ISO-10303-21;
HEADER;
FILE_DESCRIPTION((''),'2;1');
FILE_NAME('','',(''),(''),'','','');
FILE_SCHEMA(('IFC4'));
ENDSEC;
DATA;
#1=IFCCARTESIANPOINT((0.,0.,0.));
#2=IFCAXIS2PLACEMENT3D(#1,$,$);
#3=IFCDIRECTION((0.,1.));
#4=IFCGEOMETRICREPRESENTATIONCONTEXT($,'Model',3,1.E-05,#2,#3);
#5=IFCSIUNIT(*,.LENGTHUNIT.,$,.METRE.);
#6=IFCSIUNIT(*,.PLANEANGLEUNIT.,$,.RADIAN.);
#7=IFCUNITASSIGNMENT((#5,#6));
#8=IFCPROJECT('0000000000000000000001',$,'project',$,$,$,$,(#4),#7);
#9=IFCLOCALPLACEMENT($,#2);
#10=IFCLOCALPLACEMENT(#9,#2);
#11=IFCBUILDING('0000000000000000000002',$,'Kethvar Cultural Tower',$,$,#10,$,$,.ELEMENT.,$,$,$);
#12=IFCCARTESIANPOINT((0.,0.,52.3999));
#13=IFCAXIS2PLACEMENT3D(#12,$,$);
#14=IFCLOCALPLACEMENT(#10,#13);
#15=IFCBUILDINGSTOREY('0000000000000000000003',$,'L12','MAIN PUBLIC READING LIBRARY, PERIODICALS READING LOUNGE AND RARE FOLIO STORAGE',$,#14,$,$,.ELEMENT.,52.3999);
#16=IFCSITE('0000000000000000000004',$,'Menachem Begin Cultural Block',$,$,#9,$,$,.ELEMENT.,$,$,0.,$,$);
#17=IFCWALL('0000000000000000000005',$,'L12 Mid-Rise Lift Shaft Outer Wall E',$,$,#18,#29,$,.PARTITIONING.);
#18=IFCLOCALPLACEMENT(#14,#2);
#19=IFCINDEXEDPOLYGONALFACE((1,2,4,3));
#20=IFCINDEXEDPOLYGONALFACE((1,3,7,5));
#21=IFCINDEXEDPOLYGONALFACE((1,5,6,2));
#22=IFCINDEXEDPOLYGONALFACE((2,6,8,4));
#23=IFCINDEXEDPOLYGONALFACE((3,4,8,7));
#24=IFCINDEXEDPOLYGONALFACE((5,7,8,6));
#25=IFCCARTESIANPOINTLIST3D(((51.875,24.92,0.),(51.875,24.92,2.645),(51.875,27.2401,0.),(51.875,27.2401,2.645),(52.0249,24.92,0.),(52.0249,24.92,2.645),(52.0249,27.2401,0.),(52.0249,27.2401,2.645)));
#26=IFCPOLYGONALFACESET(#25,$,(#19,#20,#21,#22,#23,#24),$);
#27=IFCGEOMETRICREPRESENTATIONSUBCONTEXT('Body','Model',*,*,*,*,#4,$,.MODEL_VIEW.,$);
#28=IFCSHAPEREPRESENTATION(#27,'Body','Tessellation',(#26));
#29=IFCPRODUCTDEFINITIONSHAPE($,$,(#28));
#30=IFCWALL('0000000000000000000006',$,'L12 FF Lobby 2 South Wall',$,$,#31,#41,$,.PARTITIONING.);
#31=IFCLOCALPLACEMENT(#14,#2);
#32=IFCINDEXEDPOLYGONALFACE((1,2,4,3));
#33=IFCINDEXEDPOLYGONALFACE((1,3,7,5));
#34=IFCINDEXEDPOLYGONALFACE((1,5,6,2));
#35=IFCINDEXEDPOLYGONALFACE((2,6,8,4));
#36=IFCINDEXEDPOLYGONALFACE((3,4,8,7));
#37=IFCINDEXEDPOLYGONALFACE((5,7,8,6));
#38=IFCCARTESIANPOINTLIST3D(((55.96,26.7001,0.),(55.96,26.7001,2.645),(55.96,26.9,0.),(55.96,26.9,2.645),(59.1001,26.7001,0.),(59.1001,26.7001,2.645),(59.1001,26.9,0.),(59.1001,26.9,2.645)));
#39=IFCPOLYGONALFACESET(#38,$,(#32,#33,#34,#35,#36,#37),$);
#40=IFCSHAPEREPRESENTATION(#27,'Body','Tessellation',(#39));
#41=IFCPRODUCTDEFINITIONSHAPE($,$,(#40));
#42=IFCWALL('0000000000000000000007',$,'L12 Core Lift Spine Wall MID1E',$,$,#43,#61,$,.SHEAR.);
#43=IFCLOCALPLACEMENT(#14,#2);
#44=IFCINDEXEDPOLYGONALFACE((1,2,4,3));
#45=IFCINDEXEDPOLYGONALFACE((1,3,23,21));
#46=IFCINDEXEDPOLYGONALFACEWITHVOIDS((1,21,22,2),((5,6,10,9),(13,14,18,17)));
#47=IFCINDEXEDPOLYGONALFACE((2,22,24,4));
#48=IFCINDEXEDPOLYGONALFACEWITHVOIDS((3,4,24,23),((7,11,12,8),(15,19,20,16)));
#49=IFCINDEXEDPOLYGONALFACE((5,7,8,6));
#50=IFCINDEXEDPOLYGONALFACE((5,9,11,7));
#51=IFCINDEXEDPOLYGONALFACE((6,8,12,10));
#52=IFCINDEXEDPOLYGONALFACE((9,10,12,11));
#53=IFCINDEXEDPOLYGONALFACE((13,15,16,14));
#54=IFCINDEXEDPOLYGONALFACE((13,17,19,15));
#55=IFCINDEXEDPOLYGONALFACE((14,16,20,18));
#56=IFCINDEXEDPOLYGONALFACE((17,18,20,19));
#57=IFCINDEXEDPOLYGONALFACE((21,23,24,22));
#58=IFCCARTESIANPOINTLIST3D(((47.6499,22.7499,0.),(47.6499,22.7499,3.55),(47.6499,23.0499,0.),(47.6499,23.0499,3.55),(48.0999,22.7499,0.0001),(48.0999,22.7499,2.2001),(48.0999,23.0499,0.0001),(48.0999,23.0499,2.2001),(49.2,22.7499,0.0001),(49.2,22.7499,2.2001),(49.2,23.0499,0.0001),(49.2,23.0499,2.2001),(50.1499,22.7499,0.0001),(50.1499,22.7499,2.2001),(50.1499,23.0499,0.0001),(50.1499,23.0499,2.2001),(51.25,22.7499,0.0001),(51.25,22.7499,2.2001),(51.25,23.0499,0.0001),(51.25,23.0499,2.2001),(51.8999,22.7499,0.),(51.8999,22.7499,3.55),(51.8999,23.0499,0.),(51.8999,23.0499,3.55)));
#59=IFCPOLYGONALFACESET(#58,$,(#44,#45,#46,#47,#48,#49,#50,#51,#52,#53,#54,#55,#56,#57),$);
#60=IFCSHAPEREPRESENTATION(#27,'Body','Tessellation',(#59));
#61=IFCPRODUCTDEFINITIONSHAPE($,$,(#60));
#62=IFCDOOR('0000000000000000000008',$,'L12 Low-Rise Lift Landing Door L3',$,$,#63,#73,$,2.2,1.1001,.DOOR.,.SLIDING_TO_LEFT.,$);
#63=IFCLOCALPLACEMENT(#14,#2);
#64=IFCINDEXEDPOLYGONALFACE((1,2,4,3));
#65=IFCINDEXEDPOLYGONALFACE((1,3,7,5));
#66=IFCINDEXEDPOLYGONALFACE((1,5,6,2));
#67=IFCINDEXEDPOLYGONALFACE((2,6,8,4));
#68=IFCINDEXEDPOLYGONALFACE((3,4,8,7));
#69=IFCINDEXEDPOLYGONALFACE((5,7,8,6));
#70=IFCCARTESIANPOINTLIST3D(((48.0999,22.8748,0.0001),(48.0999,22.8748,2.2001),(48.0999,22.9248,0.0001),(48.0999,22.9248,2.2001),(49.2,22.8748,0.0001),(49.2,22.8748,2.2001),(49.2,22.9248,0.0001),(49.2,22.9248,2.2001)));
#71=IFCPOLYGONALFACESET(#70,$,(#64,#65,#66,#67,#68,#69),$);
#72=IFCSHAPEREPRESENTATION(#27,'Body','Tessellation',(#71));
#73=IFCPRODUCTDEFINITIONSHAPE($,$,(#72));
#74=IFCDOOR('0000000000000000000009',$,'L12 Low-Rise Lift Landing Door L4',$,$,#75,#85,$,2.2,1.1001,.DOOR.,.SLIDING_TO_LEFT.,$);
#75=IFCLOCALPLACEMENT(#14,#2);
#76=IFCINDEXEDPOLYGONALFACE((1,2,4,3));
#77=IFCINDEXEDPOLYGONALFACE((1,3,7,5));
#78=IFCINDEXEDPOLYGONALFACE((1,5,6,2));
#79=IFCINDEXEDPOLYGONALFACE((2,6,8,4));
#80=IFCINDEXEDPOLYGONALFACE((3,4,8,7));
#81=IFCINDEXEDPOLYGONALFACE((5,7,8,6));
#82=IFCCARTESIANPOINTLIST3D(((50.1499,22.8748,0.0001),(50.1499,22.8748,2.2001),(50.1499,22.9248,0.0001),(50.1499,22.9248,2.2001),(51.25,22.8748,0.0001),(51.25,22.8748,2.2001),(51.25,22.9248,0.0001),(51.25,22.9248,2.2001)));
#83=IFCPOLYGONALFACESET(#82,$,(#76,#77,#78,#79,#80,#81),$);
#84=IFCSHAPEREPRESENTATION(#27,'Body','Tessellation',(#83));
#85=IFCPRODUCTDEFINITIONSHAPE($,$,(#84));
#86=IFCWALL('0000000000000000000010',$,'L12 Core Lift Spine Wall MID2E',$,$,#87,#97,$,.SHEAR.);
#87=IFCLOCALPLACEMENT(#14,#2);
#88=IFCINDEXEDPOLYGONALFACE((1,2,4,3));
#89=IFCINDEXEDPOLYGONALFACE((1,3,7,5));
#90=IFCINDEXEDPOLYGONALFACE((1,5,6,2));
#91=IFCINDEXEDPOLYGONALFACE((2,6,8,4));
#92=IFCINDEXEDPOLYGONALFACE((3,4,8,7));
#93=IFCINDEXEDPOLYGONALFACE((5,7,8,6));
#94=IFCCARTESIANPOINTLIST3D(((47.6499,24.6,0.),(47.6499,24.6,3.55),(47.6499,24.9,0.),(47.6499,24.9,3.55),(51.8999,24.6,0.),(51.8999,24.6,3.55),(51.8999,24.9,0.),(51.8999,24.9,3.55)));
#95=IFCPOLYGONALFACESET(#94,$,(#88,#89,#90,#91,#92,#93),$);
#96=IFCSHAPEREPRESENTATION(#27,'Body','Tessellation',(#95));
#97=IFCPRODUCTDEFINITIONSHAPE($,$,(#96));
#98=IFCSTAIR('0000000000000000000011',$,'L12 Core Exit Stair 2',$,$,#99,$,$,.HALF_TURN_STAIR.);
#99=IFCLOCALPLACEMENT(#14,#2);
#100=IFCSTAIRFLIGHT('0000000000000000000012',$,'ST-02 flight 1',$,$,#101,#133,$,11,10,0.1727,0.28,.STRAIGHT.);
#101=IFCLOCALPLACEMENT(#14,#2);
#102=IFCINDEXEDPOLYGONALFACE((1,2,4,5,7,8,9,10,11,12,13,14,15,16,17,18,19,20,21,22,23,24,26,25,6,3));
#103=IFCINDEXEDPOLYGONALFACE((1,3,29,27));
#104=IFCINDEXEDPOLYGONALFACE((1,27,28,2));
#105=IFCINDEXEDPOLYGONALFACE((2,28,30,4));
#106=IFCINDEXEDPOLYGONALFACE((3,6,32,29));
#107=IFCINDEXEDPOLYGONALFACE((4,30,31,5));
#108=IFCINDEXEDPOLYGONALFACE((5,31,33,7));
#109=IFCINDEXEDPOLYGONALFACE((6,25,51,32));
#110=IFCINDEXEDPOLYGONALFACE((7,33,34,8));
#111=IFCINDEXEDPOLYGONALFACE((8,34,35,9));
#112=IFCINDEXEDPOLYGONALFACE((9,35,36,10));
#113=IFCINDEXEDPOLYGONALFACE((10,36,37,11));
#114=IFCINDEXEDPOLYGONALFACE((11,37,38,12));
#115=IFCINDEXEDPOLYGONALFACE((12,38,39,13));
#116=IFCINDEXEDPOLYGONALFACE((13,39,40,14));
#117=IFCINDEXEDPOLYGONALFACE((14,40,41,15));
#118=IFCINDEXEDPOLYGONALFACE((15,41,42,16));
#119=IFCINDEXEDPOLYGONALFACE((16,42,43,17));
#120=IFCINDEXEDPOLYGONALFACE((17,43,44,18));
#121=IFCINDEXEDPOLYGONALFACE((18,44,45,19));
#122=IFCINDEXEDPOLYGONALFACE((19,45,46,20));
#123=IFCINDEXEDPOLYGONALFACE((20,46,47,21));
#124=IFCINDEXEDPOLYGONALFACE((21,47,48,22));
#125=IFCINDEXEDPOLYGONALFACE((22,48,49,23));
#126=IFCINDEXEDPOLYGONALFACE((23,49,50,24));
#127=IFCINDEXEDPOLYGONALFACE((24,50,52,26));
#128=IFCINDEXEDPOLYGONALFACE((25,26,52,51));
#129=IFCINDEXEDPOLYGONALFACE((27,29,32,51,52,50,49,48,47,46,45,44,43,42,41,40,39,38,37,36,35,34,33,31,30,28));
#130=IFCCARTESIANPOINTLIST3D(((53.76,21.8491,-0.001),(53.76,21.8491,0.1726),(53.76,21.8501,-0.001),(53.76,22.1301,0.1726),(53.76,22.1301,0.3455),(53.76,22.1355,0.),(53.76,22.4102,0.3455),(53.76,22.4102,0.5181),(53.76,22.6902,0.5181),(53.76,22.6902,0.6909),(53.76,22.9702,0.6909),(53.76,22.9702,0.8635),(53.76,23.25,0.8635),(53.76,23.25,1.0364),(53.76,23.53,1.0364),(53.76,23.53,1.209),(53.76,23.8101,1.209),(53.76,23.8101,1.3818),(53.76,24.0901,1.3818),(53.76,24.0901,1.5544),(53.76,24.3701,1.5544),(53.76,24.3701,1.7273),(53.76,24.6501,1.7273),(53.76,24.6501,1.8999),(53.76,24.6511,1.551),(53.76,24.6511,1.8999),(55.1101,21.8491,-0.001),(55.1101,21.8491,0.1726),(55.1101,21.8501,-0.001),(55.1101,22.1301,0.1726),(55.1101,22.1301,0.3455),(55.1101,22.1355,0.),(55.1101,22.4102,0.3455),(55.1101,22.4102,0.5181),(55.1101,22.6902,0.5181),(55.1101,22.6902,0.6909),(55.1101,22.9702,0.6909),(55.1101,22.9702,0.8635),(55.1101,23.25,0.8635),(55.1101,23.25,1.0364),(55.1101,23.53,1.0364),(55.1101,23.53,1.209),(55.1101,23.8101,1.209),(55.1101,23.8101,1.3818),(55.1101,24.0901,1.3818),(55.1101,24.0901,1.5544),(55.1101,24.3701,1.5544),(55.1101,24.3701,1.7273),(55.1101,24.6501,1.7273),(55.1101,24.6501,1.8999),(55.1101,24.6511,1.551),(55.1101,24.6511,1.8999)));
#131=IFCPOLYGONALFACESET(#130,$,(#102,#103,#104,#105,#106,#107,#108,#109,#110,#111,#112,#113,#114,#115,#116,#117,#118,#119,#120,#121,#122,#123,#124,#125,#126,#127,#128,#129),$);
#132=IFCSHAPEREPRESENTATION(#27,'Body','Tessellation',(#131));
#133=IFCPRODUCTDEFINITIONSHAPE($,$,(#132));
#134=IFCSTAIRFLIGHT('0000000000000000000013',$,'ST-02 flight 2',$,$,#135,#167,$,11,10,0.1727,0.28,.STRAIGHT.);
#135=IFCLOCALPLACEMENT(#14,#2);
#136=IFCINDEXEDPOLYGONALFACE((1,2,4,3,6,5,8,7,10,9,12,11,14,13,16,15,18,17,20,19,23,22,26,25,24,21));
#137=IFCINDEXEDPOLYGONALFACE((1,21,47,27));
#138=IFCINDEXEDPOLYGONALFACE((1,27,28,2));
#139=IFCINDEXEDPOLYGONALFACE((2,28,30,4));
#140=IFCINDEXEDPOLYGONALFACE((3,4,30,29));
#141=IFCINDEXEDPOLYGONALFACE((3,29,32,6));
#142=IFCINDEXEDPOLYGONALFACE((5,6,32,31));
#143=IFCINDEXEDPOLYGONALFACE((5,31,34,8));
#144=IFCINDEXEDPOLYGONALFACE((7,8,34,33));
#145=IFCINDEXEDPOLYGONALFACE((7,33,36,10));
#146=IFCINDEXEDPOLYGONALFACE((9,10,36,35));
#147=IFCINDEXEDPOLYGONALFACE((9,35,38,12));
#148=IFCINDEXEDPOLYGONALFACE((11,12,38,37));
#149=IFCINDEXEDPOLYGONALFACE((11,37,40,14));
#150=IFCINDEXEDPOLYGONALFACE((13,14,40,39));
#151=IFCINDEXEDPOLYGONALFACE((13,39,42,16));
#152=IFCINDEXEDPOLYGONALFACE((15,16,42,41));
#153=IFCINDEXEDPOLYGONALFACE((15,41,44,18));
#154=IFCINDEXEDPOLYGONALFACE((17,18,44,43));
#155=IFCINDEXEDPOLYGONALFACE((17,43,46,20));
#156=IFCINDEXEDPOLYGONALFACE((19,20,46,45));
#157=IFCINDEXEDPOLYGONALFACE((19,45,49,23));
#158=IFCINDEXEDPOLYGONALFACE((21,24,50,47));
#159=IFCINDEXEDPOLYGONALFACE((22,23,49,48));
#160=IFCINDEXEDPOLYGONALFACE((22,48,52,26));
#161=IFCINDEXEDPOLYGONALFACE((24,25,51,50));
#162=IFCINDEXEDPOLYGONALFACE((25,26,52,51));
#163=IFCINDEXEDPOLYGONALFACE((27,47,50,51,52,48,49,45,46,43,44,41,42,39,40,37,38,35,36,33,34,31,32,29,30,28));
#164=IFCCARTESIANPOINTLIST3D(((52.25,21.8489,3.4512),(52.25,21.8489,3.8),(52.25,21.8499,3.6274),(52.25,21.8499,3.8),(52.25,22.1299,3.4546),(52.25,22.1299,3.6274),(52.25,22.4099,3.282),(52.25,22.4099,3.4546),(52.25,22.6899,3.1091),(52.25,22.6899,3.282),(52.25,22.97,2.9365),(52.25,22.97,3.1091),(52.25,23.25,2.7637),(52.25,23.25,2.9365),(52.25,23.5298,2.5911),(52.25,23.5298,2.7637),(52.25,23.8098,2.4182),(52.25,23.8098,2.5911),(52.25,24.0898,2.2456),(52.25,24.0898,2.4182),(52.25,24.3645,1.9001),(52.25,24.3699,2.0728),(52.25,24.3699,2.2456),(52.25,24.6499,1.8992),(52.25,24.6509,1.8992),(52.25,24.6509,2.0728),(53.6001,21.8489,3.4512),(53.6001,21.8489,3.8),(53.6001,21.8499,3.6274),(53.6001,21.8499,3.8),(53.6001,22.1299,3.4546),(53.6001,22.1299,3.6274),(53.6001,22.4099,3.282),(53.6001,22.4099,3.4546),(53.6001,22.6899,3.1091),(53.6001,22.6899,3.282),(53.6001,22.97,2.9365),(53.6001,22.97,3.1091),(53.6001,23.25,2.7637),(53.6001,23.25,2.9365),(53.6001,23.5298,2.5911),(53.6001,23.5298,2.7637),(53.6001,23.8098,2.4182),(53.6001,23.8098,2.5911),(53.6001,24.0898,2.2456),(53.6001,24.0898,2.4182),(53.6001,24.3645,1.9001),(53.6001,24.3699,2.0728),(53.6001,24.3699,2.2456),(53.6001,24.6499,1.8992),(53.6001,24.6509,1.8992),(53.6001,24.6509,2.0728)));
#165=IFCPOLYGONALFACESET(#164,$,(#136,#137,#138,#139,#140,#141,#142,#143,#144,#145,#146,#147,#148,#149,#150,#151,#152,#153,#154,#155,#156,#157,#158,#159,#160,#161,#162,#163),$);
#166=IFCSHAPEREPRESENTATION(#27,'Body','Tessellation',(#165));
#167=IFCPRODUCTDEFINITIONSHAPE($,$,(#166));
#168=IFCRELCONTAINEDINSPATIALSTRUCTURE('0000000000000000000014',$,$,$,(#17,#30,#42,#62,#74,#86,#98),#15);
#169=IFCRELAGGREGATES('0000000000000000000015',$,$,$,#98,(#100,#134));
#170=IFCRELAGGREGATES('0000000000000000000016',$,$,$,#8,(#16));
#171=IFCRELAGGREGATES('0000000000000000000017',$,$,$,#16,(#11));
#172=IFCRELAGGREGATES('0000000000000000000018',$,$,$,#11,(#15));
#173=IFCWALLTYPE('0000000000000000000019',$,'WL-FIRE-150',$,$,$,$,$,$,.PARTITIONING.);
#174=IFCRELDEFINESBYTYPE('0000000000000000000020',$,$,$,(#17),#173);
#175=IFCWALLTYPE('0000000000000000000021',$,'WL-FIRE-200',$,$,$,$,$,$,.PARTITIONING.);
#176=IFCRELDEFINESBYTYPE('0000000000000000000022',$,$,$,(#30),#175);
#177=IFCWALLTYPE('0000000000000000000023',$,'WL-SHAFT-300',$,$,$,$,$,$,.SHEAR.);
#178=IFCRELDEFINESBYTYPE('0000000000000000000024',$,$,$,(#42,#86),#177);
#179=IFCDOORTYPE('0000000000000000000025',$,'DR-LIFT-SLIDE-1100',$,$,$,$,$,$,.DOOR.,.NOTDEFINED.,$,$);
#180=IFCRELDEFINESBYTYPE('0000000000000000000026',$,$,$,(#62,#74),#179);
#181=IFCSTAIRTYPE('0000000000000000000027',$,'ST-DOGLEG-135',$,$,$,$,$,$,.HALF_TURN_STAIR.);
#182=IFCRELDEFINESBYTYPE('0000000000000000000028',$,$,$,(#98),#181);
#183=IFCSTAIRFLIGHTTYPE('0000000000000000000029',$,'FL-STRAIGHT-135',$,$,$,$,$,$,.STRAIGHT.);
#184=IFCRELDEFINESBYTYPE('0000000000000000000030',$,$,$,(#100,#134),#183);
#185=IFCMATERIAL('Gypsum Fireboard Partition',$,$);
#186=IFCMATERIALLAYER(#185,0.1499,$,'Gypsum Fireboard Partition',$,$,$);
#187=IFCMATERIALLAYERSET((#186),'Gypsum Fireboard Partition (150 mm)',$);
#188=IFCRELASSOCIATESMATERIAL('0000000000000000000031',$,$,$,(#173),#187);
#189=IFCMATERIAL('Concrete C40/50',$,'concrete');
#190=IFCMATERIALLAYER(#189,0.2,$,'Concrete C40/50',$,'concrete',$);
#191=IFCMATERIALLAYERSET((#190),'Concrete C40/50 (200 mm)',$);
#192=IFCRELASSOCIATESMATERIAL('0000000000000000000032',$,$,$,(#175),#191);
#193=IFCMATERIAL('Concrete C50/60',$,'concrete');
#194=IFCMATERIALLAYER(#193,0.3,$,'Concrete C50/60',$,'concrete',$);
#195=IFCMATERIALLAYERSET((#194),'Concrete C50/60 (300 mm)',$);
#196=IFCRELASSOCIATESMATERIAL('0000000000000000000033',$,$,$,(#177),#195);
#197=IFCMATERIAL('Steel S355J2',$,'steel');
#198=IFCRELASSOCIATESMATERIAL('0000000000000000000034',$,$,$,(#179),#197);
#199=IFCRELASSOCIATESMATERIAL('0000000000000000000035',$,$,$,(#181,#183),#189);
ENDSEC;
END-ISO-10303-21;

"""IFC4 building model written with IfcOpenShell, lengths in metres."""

from ifc_helpers import new_model, si_unit, direction, frame, frame_2d, origin, place, context, subcontext, project, spatial, polyline, rectangle, outline, extrude, source, transform, mapped, material, layer, layer_set, type_object, element, fill, aggregate, save


model = new_model("IFC4")

# Units and contexts
model_context = context("Model", 3, precision=1e-05, world=origin(), true_north=direction((0.0, 1.0)))
body_context = subcontext(model_context, "Body", "Model", "MODEL_VIEW")
ifc_project = project(units=[si_unit("LENGTHUNIT", "METRE"), si_unit("PLANEANGLEUNIT", "RADIAN")], contexts=[model_context])

# Site, building, storey
site_placement = place(None, origin())
site = spatial("IfcSite", under=ifc_project, at=site_placement, Name="Menachem Begin Cultural Block", CompositionType="ELEMENT", RefElevation=0.0)
building_placement = place(site_placement, origin())
building = spatial("IfcBuilding", under=site, at=building_placement, Name="Kethvar Cultural Tower", CompositionType="ELEMENT")
storey_placement = place(building_placement, frame((0.0, 0.0, 52.3999)))
storey = spatial("IfcBuildingStorey", under=building, at=storey_placement, Name="L12", Description="MAIN PUBLIC READING LIBRARY, PERIODICALS READING LOUNGE AND RARE FOLIO STORAGE", CompositionType="ELEMENT", Elevation=52.3999)

# Shared definitions
ifc_material_1 = material(Name="Steel S355J2", Category="steel")

# Walls
ifc_material_2 = material(Name="Gypsum Fireboard Partition")
ifc_layer_1 = layer(ifc_material_2, 0.1499, Name="Gypsum Fireboard Partition")
ifc_layer_set_1 = layer_set([ifc_layer_1], Name="Gypsum Fireboard Partition (150 mm)")
wall_type_1 = type_object("IfcWallType", Name="WL-FIRE-150", PredefinedType="PARTITIONING", material=ifc_layer_set_1)
for number, where, z_axis, x_axis, name in (
    (1, (51.95, 24.9199, 0.0), (0.0, 0.0, 1.0), (0.0, 1.0, 0.0), "L12 Mid-Rise Lift Shaft Outer Wall E"),
):
    element("IfcWall", number, at=place(storey_placement, frame(where, z_axis=z_axis, x_axis=x_axis)), inside=storey, type_object=wall_type_1, Name=name, PredefinedType="PARTITIONING", context=body_context, shape_type="SweptSolid", body=[
        extrude(rectangle(XDim=2.3201, YDim=0.1499, at=frame_2d((1.1602, 0.0))), origin(), (0.0, 0.0, 1.0), 2.645),
    ])
ifc_material_3 = material(Name="Concrete C40/50", Category="concrete")
ifc_layer_2 = layer(ifc_material_3, 0.2, Name="Concrete C40/50", Category="concrete")
ifc_layer_set_2 = layer_set([ifc_layer_2], Name="Concrete C40/50 (200 mm)")
wall_type_2 = type_object("IfcWallType", Name="WL-FIRE-200", PredefinedType="PARTITIONING", material=ifc_layer_set_2)
wall_1_placement = place(storey_placement, frame((55.96, 26.8, 0.0), z_axis=(0.0, 0.0, 1.0), x_axis=(1.0, 0.0, 0.0)))
element("IfcWall", 2, at=wall_1_placement, inside=storey, type_object=wall_type_2, Name="L12 FF Lobby 2 South Wall", PredefinedType="PARTITIONING", context=body_context, shape_type="SweptSolid", body=[
    extrude(rectangle(XDim=3.1401, YDim=0.2, at=frame_2d((1.5701, 0.0))), origin(), (0.0, 0.0, 1.0), 2.645),
])

# Wall, openings, doors
ifc_material_4 = material(Name="Concrete C50/60", Category="concrete")
ifc_layer_3 = layer(ifc_material_4, 0.3, Name="Concrete C50/60", Category="concrete")
ifc_layer_set_3 = layer_set([ifc_layer_3], Name="Concrete C50/60 (300 mm)")
wall_type_3 = type_object("IfcWallType", Name="WL-SHAFT-300", PredefinedType="SHEAR", material=ifc_layer_set_3)
wall_2_placement = place(storey_placement, frame((47.6499, 22.8999, 0.0), z_axis=(0.0, 0.0, 1.0), x_axis=(1.0, 0.0, 0.0)))
wall_2 = element("IfcWall", 3, at=wall_2_placement, inside=storey, type_object=wall_type_3, Name="L12 Core Lift Spine Wall MID1E", PredefinedType="SHEAR", context=body_context, shape_type="SweptSolid", body=[
    extrude(rectangle(XDim=4.25, YDim=0.3, at=frame_2d((2.125, 0.0))), origin(), (0.0, 0.0, 1.0), 3.55),
])
opening_1_placement = place(wall_2_placement, frame((0.45, 0.0, 0.0)))
opening_1 = element("IfcOpeningElement", 4, at=opening_1_placement, cuts=wall_2, PredefinedType="OPENING", context=body_context, shape_type="SweptSolid", body=[
    extrude(rectangle(XDim=1.1001, YDim=2.2, at=frame_2d((0.55, 1.1001))), frame((0.0, 0.1599, 0.0), z_axis=(0.0, -1.0, 0.0), x_axis=(1.0, 0.0, 0.0)), (0.0, 0.0, 1.0), 0.3201),
])
opening_2_placement = place(wall_2_placement, frame((2.5, 0.0, 0.0)))
opening_2 = element("IfcOpeningElement", 5, at=opening_2_placement, cuts=wall_2, PredefinedType="OPENING", context=body_context, shape_type="SweptSolid", body=[
    extrude(rectangle(XDim=1.1001, YDim=2.2, at=frame_2d((0.55, 1.1001))), frame((0.0, 0.1599, 0.0), z_axis=(0.0, -1.0, 0.0), x_axis=(1.0, 0.0, 0.0)), (0.0, 0.0, 1.0), 0.3201),
])
door_type = type_object("IfcDoorType", Name="DR-LIFT-SLIDE-1100", OperationType="NOTDEFINED", PredefinedType="DOOR", material=ifc_material_1)
shared_shape_1 = source(origin(), body_context, "Body", "SweptSolid", [
    extrude(rectangle(XDim=1.1001, YDim=2.2, at=frame_2d((0.55, 1.1001))), frame((0.0, 0.0249, 0.0), z_axis=(0.0, -1.0, 0.0), x_axis=(1.0, 0.0, 0.0)), (0.0, 0.0, 1.0), 0.05),
])
door_1_placement = place(opening_1_placement, origin())
door_1 = element("IfcDoor", 6, at=door_1_placement, inside=storey, type_object=door_type, Name="L12 Low-Rise Lift Landing Door L3", OperationType="SLIDING_TO_LEFT", OverallHeight=2.2, OverallWidth=1.1001, PredefinedType="DOOR", context=body_context, shape_type="MappedRepresentation", body=[
    mapped(shared_shape_1, transform((0.0, 0.0, 0.0), scale=1.0)),
])
fill(opening_1, door_1)
door_2_placement = place(opening_2_placement, origin())
door_2 = element("IfcDoor", 7, at=door_2_placement, inside=storey, type_object=door_type, Name="L12 Low-Rise Lift Landing Door L4", OperationType="SLIDING_TO_LEFT", OverallHeight=2.2, OverallWidth=1.1001, PredefinedType="DOOR", context=body_context, shape_type="MappedRepresentation", body=[
    mapped(shared_shape_1, transform((0.0, 0.0, 0.0), scale=1.0)),
])
fill(opening_2, door_2)

# Wall
wall_3_placement = place(storey_placement, frame((47.6499, 24.75, 0.0), z_axis=(0.0, 0.0, 1.0), x_axis=(1.0, 0.0, 0.0)))
element("IfcWall", 8, at=wall_3_placement, inside=storey, type_object=wall_type_3, Name="L12 Core Lift Spine Wall MID2E", PredefinedType="SHEAR", context=body_context, shape_type="SweptSolid", body=[
    extrude(rectangle(XDim=4.25, YDim=0.3, at=frame_2d((2.125, 0.0))), origin(), (0.0, 0.0, 1.0), 3.55),
])

# Stair, stair flights
stair_type = type_object("IfcStairType", Name="ST-DOGLEG-135", PredefinedType="HALF_TURN_STAIR", material=ifc_material_3)
stair_placement = place(storey_placement, origin())
stair = element("IfcStair", 9, at=stair_placement, inside=storey, type_object=stair_type, Name="L12 Core Exit Stair 2", PredefinedType="HALF_TURN_STAIR")
stair_flight_type = type_object("IfcStairFlightType", Name="FL-STRAIGHT-135", PredefinedType="STRAIGHT", material=ifc_material_3)
stair_flight_1_placement = place(storey_placement, frame((54.4351, 21.8501, 0.0), z_axis=(0.0, 0.0, 1.0), x_axis=(0.0, 1.0, 0.0)))
stair_flight_1 = element("IfcStairFlight", 10, at=stair_flight_1_placement, type_object=stair_flight_type, Name="ST-02 flight 1", NumberOfRisers=11, NumberOfTreads=10, PredefinedType="STRAIGHT", RiserHeight=0.1727, TreadLength=0.28, context=body_context, shape_type="SweptSolid", body=[
    extrude(outline(polyline([(-0.001, -0.001), (-0.001, 0.1726), (0.28, 0.1726), (0.28, 0.3455), (0.5601, 0.3455), (0.5601, 0.5181), (0.8401, 0.5181), (0.8401, 0.6909), (1.1201, 0.6909), (1.1201, 0.8635), (1.3999, 0.8635), (1.3999, 1.0364), (1.6799, 1.0364), (1.6799, 1.209), (1.96, 1.209), (1.96, 1.3818), (2.24, 1.3818), (2.24, 1.5544), (2.52, 1.5544), (2.52, 1.7273), (2.8, 1.7273), (2.8, 1.8999), (2.801, 1.8999), (2.801, 1.551), (0.2854, 0.0), (0.0, -0.001), (-0.001, -0.001)])), frame((0.0, 0.675, 0.0), z_axis=(0.0, -1.0, 0.0), x_axis=(1.0, 0.0, 0.0)), (0.0, 0.0, 1.0), 1.3501),
])
stair_flight_2_placement = place(storey_placement, frame((52.925, 24.6499, 1.9001), z_axis=(0.0, 0.0, 1.0), x_axis=(0.0, -1.0, 0.0)))
stair_flight_2 = element("IfcStairFlight", 11, at=stair_flight_2_placement, type_object=stair_flight_type, Name="ST-02 flight 2", NumberOfRisers=11, NumberOfTreads=10, PredefinedType="STRAIGHT", RiserHeight=0.1727, TreadLength=0.28, context=body_context, shape_type="SweptSolid", body=[
    extrude(outline(polyline([(-0.001, -0.001), (-0.001, 0.1726), (0.28, 0.1726), (0.28, 0.3455), (0.5601, 0.3455), (0.5601, 0.5181), (0.8401, 0.5181), (0.8401, 0.6909), (1.1201, 0.6909), (1.1201, 0.8635), (1.3999, 0.8635), (1.3999, 1.0364), (1.6799, 1.0364), (1.6799, 1.209), (1.96, 1.209), (1.96, 1.3818), (2.24, 1.3818), (2.24, 1.5544), (2.52, 1.5544), (2.52, 1.7273), (2.8, 1.7273), (2.8, 1.8999), (2.801, 1.8999), (2.801, 1.551), (0.2854, 0.0), (0.0, -0.001), (-0.001, -0.001)])), frame((0.0, 0.675, 0.0), z_axis=(0.0, -1.0, 0.0), x_axis=(1.0, 0.0, 0.0)), (0.0, 0.0, 1.0), 1.3501),
])
aggregate(stair, [stair_flight_1, stair_flight_2])

save(model, "model.ifc")
